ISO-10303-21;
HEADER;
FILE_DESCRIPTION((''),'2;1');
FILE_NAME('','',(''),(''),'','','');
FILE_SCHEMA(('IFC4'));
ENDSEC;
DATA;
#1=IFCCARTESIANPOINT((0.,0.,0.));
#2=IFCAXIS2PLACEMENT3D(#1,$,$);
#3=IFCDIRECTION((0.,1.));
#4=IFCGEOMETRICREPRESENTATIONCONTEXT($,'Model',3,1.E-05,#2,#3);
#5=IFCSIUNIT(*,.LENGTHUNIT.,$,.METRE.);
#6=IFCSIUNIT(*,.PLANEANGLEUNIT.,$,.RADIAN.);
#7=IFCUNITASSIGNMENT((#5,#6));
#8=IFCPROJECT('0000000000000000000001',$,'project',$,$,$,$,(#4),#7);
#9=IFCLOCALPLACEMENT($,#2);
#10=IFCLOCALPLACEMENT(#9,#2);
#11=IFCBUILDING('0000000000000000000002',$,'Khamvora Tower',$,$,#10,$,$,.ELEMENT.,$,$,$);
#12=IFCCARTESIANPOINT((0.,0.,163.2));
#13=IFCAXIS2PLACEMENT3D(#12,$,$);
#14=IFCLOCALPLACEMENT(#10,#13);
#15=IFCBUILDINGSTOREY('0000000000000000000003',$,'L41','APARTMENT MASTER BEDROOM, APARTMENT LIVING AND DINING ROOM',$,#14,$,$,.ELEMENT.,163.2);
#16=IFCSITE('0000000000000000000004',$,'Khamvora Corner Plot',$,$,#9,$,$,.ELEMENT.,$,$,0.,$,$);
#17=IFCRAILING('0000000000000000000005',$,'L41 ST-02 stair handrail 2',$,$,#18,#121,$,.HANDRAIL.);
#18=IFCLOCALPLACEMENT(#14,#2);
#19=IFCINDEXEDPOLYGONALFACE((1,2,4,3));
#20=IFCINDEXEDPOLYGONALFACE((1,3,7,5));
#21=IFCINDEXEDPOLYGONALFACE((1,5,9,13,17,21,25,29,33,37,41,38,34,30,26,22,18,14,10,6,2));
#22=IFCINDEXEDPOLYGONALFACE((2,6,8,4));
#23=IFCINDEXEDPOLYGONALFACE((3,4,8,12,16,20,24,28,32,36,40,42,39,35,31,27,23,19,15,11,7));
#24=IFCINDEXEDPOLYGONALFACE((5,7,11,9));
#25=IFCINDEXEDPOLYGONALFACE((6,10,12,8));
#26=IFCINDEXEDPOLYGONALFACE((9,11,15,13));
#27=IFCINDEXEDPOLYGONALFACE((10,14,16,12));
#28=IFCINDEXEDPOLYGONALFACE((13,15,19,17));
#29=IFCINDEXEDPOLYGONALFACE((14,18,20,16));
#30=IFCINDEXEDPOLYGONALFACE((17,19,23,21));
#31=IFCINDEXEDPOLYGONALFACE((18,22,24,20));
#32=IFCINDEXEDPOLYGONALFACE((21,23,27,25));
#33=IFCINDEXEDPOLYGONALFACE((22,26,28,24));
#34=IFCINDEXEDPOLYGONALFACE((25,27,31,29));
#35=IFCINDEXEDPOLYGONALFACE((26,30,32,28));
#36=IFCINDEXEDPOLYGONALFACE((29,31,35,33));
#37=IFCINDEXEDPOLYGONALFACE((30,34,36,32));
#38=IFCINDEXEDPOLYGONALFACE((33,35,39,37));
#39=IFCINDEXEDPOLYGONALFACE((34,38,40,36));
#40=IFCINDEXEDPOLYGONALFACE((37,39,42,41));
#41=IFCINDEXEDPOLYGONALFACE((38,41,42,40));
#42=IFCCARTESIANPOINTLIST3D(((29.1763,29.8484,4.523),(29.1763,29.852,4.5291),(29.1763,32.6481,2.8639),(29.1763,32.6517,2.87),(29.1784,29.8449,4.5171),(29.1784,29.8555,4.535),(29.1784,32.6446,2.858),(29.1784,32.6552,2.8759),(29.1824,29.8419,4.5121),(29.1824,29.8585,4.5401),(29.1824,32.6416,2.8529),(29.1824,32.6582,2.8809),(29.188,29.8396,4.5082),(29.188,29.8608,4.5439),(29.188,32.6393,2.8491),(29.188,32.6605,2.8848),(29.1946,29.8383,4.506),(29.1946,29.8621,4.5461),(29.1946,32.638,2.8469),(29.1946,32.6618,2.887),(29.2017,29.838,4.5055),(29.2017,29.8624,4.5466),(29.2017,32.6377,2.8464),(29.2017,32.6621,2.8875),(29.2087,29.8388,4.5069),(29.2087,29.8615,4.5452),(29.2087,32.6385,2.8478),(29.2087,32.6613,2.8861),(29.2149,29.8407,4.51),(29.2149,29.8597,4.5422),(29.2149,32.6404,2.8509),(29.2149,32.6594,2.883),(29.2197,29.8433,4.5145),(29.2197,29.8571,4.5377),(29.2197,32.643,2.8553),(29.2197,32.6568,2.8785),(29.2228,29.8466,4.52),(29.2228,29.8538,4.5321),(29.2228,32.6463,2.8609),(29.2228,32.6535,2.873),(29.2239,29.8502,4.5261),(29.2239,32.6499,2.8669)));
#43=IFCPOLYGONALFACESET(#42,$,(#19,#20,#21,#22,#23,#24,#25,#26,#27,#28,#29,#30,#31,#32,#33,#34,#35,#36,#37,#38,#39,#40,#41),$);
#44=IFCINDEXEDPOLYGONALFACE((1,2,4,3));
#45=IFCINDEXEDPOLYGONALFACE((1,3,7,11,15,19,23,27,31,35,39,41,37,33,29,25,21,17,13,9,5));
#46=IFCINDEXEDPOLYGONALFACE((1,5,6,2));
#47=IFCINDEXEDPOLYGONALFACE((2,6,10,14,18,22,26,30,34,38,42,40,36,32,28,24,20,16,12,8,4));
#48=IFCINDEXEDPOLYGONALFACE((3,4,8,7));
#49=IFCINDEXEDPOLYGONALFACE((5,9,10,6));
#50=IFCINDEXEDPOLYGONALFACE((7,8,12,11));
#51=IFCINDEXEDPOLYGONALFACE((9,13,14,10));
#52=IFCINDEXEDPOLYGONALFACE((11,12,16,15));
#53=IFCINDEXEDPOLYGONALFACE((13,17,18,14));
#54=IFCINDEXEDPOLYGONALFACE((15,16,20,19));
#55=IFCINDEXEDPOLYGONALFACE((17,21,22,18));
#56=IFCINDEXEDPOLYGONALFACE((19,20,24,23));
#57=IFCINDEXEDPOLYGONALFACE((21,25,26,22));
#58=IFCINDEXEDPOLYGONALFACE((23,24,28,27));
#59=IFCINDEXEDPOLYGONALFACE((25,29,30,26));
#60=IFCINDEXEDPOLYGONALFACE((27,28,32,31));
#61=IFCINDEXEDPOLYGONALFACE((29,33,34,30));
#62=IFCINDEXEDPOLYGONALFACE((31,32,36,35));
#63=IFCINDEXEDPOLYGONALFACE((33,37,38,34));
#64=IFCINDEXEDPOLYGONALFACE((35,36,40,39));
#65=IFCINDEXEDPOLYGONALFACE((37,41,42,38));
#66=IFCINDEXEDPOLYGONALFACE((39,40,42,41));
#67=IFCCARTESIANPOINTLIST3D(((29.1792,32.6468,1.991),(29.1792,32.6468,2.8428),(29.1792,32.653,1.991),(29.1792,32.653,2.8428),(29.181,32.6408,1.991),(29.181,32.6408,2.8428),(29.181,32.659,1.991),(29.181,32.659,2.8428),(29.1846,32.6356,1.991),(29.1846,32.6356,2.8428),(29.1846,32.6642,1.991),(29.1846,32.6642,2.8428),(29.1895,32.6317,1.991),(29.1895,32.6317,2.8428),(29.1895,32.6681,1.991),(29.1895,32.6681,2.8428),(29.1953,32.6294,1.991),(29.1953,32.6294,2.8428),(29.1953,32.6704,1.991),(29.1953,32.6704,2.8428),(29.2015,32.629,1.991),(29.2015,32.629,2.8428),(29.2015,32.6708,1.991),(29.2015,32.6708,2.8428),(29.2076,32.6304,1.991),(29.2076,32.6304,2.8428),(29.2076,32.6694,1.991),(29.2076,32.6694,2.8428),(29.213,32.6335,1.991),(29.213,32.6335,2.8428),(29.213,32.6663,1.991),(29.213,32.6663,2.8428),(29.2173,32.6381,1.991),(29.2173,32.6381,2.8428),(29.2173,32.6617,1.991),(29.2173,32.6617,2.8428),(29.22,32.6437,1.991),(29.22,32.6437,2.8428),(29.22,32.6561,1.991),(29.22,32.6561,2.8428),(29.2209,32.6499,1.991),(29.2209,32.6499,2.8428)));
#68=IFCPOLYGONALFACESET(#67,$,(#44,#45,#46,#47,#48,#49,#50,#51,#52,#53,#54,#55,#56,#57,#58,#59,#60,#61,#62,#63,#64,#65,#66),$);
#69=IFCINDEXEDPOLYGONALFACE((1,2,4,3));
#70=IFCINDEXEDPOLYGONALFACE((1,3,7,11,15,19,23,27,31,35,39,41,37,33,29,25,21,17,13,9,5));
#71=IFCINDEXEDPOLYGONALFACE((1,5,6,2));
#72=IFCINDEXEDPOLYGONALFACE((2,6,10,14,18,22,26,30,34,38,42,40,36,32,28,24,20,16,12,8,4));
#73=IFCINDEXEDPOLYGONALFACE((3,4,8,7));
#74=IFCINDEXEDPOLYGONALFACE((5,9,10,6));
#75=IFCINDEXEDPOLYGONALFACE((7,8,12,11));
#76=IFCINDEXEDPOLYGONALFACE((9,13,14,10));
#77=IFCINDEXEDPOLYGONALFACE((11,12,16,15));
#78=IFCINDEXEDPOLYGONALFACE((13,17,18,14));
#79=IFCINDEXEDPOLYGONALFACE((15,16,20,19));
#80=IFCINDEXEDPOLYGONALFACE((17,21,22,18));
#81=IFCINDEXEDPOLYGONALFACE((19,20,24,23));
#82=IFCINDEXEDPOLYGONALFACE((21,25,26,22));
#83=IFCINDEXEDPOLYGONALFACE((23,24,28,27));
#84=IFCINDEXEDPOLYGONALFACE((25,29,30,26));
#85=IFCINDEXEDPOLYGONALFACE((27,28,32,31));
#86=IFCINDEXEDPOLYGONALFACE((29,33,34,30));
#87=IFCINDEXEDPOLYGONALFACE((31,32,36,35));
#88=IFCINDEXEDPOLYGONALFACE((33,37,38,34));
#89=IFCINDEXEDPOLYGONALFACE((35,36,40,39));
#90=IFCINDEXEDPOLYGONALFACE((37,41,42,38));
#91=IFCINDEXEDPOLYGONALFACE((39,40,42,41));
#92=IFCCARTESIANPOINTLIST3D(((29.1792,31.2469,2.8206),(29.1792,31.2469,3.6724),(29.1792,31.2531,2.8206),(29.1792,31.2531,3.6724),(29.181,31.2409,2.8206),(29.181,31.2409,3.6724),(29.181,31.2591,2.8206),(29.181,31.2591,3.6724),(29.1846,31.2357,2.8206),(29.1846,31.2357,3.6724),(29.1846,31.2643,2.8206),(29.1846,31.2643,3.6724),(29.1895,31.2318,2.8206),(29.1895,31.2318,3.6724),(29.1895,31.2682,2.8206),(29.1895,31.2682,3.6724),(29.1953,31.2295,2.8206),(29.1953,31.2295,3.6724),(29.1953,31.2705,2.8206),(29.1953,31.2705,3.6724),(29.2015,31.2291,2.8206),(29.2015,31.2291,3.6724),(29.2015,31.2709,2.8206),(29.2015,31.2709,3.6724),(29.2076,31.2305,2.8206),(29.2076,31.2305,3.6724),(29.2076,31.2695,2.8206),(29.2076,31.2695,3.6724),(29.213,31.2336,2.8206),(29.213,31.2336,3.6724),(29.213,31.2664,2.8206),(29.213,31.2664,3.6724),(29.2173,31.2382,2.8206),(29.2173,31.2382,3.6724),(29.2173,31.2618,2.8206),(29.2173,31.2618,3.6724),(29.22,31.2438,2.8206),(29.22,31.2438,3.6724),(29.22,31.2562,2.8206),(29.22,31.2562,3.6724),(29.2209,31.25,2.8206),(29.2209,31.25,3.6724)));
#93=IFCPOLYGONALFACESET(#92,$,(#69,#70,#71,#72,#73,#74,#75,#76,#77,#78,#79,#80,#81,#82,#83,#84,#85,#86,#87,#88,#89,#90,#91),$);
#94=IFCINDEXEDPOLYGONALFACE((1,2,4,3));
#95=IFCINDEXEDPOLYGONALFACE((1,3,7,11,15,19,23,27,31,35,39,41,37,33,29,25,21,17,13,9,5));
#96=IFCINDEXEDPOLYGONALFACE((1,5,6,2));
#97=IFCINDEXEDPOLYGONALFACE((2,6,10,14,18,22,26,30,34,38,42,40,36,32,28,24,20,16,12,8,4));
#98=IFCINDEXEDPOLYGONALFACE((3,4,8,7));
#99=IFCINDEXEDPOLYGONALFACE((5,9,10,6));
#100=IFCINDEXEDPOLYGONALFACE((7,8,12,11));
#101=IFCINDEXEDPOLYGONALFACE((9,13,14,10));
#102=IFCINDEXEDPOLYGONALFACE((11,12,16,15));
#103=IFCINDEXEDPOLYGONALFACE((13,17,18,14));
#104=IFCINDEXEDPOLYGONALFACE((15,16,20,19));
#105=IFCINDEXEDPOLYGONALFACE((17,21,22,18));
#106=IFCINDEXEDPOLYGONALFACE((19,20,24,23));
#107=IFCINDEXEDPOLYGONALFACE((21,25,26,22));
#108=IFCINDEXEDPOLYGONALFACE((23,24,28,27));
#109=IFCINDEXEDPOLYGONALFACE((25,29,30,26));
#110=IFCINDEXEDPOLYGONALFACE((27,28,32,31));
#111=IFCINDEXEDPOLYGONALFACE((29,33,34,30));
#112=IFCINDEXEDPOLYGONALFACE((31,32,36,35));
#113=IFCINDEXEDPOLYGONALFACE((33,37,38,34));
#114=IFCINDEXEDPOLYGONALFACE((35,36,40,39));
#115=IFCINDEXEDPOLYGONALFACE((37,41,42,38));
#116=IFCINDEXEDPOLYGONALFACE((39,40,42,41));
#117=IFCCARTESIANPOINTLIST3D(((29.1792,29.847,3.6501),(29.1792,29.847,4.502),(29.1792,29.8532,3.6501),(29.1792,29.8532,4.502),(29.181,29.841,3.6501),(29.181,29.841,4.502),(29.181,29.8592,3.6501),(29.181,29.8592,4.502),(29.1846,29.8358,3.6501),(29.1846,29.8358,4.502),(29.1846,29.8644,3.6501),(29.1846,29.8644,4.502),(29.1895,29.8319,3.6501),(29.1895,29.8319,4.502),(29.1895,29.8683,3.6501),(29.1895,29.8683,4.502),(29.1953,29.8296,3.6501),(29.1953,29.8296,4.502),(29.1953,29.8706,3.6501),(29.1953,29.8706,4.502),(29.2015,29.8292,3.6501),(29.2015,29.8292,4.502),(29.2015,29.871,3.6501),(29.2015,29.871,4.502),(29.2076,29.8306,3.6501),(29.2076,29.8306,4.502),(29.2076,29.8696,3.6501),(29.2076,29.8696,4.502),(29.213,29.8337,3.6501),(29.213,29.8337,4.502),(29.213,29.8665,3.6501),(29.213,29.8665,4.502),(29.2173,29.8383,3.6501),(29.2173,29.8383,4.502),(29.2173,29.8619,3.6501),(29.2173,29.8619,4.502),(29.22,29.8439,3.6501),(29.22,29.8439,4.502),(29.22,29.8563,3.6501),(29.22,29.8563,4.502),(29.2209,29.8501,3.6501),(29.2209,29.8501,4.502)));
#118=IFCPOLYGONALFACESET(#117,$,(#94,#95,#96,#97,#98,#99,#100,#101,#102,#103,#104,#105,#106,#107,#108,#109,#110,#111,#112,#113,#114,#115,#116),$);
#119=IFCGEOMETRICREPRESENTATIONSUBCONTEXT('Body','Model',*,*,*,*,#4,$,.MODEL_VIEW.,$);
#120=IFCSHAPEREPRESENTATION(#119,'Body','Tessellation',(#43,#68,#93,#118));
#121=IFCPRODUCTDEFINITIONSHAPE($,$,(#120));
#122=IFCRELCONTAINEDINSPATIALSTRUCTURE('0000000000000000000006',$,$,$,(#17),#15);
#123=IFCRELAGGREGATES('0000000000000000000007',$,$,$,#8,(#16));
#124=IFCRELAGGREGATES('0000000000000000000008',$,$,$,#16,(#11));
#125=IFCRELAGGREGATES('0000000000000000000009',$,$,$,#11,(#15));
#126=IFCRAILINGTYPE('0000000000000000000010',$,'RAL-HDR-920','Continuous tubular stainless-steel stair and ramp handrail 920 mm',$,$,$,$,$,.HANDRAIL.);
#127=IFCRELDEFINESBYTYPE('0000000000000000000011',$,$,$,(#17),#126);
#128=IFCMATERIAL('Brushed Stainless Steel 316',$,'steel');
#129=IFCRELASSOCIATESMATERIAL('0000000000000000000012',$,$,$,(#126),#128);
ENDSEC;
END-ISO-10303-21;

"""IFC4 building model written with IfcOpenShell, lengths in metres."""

from ifc_helpers import new_model, si_unit, direction, frame, origin, origin_2d, place, context, subcontext, project, spatial, circle, extrude, material, type_object, element, save


model = new_model("IFC4")

# Units and contexts
model_context = context("Model", 3, precision=1e-05, world=origin(), true_north=direction((0.0, 1.0)))
body_context = subcontext(model_context, "Body", "Model", "MODEL_VIEW")
ifc_project = project(units=[si_unit("LENGTHUNIT", "METRE"), si_unit("PLANEANGLEUNIT", "RADIAN")], contexts=[model_context])

# Site, building, storey
site_placement = place(None, origin())
site = spatial("IfcSite", under=ifc_project, at=site_placement, Name="Khamvora Corner Plot", CompositionType="ELEMENT", RefElevation=0.0)
building_placement = place(site_placement, origin())
building = spatial("IfcBuilding", under=site, at=building_placement, Name="Khamvora Tower", CompositionType="ELEMENT")
storey_placement = place(building_placement, frame((0.0, 0.0, 163.2)))
storey = spatial("IfcBuildingStorey", under=building, at=storey_placement, Name="L41", Description="APARTMENT MASTER BEDROOM, APARTMENT LIVING AND DINING ROOM", CompositionType="ELEMENT", Elevation=163.2)

# Railing
ifc_material_1 = material(Name="Brushed Stainless Steel 316", Category="steel")
railing_type_1 = type_object("IfcRailingType", Name="RAL-HDR-920", Description="Continuous tubular stainless-steel stair and ramp handrail 920 mm", PredefinedType="HANDRAIL", material=ifc_material_1)
railing_1_placement = place(storey_placement, frame((29.2, 32.6499, 1.991)))
element("IfcRailing", 1, at=railing_1_placement, inside=storey, type_object=railing_type_1, Name="L41 ST-02 stair handrail 2", PredefinedType="HANDRAIL", context=body_context, shape_type="SweptSolid", body=[
    extrude(circle(Radius=0.0239, at=origin_2d()), frame((0.0, 0.0, 0.876), z_axis=(0.0, -0.860287, 0.509811), x_axis=(1.0, 0.0, 0.0)), (0.0, 0.0, 1.0), 3.2544),
    extrude(circle(Radius=0.021, at=origin_2d()), origin(), (0.0, 0.0, 1.0), 0.8518),
    extrude(circle(Radius=0.021, at=origin_2d()), frame((0.0, -1.3999, 0.8296)), (0.0, 0.0, 1.0), 0.8518),
    extrude(circle(Radius=0.021, at=origin_2d()), frame((0.0, -2.7998, 1.6592)), (0.0, 0.0, 1.0), 0.8518),
])

save(model, "model.ifc")
